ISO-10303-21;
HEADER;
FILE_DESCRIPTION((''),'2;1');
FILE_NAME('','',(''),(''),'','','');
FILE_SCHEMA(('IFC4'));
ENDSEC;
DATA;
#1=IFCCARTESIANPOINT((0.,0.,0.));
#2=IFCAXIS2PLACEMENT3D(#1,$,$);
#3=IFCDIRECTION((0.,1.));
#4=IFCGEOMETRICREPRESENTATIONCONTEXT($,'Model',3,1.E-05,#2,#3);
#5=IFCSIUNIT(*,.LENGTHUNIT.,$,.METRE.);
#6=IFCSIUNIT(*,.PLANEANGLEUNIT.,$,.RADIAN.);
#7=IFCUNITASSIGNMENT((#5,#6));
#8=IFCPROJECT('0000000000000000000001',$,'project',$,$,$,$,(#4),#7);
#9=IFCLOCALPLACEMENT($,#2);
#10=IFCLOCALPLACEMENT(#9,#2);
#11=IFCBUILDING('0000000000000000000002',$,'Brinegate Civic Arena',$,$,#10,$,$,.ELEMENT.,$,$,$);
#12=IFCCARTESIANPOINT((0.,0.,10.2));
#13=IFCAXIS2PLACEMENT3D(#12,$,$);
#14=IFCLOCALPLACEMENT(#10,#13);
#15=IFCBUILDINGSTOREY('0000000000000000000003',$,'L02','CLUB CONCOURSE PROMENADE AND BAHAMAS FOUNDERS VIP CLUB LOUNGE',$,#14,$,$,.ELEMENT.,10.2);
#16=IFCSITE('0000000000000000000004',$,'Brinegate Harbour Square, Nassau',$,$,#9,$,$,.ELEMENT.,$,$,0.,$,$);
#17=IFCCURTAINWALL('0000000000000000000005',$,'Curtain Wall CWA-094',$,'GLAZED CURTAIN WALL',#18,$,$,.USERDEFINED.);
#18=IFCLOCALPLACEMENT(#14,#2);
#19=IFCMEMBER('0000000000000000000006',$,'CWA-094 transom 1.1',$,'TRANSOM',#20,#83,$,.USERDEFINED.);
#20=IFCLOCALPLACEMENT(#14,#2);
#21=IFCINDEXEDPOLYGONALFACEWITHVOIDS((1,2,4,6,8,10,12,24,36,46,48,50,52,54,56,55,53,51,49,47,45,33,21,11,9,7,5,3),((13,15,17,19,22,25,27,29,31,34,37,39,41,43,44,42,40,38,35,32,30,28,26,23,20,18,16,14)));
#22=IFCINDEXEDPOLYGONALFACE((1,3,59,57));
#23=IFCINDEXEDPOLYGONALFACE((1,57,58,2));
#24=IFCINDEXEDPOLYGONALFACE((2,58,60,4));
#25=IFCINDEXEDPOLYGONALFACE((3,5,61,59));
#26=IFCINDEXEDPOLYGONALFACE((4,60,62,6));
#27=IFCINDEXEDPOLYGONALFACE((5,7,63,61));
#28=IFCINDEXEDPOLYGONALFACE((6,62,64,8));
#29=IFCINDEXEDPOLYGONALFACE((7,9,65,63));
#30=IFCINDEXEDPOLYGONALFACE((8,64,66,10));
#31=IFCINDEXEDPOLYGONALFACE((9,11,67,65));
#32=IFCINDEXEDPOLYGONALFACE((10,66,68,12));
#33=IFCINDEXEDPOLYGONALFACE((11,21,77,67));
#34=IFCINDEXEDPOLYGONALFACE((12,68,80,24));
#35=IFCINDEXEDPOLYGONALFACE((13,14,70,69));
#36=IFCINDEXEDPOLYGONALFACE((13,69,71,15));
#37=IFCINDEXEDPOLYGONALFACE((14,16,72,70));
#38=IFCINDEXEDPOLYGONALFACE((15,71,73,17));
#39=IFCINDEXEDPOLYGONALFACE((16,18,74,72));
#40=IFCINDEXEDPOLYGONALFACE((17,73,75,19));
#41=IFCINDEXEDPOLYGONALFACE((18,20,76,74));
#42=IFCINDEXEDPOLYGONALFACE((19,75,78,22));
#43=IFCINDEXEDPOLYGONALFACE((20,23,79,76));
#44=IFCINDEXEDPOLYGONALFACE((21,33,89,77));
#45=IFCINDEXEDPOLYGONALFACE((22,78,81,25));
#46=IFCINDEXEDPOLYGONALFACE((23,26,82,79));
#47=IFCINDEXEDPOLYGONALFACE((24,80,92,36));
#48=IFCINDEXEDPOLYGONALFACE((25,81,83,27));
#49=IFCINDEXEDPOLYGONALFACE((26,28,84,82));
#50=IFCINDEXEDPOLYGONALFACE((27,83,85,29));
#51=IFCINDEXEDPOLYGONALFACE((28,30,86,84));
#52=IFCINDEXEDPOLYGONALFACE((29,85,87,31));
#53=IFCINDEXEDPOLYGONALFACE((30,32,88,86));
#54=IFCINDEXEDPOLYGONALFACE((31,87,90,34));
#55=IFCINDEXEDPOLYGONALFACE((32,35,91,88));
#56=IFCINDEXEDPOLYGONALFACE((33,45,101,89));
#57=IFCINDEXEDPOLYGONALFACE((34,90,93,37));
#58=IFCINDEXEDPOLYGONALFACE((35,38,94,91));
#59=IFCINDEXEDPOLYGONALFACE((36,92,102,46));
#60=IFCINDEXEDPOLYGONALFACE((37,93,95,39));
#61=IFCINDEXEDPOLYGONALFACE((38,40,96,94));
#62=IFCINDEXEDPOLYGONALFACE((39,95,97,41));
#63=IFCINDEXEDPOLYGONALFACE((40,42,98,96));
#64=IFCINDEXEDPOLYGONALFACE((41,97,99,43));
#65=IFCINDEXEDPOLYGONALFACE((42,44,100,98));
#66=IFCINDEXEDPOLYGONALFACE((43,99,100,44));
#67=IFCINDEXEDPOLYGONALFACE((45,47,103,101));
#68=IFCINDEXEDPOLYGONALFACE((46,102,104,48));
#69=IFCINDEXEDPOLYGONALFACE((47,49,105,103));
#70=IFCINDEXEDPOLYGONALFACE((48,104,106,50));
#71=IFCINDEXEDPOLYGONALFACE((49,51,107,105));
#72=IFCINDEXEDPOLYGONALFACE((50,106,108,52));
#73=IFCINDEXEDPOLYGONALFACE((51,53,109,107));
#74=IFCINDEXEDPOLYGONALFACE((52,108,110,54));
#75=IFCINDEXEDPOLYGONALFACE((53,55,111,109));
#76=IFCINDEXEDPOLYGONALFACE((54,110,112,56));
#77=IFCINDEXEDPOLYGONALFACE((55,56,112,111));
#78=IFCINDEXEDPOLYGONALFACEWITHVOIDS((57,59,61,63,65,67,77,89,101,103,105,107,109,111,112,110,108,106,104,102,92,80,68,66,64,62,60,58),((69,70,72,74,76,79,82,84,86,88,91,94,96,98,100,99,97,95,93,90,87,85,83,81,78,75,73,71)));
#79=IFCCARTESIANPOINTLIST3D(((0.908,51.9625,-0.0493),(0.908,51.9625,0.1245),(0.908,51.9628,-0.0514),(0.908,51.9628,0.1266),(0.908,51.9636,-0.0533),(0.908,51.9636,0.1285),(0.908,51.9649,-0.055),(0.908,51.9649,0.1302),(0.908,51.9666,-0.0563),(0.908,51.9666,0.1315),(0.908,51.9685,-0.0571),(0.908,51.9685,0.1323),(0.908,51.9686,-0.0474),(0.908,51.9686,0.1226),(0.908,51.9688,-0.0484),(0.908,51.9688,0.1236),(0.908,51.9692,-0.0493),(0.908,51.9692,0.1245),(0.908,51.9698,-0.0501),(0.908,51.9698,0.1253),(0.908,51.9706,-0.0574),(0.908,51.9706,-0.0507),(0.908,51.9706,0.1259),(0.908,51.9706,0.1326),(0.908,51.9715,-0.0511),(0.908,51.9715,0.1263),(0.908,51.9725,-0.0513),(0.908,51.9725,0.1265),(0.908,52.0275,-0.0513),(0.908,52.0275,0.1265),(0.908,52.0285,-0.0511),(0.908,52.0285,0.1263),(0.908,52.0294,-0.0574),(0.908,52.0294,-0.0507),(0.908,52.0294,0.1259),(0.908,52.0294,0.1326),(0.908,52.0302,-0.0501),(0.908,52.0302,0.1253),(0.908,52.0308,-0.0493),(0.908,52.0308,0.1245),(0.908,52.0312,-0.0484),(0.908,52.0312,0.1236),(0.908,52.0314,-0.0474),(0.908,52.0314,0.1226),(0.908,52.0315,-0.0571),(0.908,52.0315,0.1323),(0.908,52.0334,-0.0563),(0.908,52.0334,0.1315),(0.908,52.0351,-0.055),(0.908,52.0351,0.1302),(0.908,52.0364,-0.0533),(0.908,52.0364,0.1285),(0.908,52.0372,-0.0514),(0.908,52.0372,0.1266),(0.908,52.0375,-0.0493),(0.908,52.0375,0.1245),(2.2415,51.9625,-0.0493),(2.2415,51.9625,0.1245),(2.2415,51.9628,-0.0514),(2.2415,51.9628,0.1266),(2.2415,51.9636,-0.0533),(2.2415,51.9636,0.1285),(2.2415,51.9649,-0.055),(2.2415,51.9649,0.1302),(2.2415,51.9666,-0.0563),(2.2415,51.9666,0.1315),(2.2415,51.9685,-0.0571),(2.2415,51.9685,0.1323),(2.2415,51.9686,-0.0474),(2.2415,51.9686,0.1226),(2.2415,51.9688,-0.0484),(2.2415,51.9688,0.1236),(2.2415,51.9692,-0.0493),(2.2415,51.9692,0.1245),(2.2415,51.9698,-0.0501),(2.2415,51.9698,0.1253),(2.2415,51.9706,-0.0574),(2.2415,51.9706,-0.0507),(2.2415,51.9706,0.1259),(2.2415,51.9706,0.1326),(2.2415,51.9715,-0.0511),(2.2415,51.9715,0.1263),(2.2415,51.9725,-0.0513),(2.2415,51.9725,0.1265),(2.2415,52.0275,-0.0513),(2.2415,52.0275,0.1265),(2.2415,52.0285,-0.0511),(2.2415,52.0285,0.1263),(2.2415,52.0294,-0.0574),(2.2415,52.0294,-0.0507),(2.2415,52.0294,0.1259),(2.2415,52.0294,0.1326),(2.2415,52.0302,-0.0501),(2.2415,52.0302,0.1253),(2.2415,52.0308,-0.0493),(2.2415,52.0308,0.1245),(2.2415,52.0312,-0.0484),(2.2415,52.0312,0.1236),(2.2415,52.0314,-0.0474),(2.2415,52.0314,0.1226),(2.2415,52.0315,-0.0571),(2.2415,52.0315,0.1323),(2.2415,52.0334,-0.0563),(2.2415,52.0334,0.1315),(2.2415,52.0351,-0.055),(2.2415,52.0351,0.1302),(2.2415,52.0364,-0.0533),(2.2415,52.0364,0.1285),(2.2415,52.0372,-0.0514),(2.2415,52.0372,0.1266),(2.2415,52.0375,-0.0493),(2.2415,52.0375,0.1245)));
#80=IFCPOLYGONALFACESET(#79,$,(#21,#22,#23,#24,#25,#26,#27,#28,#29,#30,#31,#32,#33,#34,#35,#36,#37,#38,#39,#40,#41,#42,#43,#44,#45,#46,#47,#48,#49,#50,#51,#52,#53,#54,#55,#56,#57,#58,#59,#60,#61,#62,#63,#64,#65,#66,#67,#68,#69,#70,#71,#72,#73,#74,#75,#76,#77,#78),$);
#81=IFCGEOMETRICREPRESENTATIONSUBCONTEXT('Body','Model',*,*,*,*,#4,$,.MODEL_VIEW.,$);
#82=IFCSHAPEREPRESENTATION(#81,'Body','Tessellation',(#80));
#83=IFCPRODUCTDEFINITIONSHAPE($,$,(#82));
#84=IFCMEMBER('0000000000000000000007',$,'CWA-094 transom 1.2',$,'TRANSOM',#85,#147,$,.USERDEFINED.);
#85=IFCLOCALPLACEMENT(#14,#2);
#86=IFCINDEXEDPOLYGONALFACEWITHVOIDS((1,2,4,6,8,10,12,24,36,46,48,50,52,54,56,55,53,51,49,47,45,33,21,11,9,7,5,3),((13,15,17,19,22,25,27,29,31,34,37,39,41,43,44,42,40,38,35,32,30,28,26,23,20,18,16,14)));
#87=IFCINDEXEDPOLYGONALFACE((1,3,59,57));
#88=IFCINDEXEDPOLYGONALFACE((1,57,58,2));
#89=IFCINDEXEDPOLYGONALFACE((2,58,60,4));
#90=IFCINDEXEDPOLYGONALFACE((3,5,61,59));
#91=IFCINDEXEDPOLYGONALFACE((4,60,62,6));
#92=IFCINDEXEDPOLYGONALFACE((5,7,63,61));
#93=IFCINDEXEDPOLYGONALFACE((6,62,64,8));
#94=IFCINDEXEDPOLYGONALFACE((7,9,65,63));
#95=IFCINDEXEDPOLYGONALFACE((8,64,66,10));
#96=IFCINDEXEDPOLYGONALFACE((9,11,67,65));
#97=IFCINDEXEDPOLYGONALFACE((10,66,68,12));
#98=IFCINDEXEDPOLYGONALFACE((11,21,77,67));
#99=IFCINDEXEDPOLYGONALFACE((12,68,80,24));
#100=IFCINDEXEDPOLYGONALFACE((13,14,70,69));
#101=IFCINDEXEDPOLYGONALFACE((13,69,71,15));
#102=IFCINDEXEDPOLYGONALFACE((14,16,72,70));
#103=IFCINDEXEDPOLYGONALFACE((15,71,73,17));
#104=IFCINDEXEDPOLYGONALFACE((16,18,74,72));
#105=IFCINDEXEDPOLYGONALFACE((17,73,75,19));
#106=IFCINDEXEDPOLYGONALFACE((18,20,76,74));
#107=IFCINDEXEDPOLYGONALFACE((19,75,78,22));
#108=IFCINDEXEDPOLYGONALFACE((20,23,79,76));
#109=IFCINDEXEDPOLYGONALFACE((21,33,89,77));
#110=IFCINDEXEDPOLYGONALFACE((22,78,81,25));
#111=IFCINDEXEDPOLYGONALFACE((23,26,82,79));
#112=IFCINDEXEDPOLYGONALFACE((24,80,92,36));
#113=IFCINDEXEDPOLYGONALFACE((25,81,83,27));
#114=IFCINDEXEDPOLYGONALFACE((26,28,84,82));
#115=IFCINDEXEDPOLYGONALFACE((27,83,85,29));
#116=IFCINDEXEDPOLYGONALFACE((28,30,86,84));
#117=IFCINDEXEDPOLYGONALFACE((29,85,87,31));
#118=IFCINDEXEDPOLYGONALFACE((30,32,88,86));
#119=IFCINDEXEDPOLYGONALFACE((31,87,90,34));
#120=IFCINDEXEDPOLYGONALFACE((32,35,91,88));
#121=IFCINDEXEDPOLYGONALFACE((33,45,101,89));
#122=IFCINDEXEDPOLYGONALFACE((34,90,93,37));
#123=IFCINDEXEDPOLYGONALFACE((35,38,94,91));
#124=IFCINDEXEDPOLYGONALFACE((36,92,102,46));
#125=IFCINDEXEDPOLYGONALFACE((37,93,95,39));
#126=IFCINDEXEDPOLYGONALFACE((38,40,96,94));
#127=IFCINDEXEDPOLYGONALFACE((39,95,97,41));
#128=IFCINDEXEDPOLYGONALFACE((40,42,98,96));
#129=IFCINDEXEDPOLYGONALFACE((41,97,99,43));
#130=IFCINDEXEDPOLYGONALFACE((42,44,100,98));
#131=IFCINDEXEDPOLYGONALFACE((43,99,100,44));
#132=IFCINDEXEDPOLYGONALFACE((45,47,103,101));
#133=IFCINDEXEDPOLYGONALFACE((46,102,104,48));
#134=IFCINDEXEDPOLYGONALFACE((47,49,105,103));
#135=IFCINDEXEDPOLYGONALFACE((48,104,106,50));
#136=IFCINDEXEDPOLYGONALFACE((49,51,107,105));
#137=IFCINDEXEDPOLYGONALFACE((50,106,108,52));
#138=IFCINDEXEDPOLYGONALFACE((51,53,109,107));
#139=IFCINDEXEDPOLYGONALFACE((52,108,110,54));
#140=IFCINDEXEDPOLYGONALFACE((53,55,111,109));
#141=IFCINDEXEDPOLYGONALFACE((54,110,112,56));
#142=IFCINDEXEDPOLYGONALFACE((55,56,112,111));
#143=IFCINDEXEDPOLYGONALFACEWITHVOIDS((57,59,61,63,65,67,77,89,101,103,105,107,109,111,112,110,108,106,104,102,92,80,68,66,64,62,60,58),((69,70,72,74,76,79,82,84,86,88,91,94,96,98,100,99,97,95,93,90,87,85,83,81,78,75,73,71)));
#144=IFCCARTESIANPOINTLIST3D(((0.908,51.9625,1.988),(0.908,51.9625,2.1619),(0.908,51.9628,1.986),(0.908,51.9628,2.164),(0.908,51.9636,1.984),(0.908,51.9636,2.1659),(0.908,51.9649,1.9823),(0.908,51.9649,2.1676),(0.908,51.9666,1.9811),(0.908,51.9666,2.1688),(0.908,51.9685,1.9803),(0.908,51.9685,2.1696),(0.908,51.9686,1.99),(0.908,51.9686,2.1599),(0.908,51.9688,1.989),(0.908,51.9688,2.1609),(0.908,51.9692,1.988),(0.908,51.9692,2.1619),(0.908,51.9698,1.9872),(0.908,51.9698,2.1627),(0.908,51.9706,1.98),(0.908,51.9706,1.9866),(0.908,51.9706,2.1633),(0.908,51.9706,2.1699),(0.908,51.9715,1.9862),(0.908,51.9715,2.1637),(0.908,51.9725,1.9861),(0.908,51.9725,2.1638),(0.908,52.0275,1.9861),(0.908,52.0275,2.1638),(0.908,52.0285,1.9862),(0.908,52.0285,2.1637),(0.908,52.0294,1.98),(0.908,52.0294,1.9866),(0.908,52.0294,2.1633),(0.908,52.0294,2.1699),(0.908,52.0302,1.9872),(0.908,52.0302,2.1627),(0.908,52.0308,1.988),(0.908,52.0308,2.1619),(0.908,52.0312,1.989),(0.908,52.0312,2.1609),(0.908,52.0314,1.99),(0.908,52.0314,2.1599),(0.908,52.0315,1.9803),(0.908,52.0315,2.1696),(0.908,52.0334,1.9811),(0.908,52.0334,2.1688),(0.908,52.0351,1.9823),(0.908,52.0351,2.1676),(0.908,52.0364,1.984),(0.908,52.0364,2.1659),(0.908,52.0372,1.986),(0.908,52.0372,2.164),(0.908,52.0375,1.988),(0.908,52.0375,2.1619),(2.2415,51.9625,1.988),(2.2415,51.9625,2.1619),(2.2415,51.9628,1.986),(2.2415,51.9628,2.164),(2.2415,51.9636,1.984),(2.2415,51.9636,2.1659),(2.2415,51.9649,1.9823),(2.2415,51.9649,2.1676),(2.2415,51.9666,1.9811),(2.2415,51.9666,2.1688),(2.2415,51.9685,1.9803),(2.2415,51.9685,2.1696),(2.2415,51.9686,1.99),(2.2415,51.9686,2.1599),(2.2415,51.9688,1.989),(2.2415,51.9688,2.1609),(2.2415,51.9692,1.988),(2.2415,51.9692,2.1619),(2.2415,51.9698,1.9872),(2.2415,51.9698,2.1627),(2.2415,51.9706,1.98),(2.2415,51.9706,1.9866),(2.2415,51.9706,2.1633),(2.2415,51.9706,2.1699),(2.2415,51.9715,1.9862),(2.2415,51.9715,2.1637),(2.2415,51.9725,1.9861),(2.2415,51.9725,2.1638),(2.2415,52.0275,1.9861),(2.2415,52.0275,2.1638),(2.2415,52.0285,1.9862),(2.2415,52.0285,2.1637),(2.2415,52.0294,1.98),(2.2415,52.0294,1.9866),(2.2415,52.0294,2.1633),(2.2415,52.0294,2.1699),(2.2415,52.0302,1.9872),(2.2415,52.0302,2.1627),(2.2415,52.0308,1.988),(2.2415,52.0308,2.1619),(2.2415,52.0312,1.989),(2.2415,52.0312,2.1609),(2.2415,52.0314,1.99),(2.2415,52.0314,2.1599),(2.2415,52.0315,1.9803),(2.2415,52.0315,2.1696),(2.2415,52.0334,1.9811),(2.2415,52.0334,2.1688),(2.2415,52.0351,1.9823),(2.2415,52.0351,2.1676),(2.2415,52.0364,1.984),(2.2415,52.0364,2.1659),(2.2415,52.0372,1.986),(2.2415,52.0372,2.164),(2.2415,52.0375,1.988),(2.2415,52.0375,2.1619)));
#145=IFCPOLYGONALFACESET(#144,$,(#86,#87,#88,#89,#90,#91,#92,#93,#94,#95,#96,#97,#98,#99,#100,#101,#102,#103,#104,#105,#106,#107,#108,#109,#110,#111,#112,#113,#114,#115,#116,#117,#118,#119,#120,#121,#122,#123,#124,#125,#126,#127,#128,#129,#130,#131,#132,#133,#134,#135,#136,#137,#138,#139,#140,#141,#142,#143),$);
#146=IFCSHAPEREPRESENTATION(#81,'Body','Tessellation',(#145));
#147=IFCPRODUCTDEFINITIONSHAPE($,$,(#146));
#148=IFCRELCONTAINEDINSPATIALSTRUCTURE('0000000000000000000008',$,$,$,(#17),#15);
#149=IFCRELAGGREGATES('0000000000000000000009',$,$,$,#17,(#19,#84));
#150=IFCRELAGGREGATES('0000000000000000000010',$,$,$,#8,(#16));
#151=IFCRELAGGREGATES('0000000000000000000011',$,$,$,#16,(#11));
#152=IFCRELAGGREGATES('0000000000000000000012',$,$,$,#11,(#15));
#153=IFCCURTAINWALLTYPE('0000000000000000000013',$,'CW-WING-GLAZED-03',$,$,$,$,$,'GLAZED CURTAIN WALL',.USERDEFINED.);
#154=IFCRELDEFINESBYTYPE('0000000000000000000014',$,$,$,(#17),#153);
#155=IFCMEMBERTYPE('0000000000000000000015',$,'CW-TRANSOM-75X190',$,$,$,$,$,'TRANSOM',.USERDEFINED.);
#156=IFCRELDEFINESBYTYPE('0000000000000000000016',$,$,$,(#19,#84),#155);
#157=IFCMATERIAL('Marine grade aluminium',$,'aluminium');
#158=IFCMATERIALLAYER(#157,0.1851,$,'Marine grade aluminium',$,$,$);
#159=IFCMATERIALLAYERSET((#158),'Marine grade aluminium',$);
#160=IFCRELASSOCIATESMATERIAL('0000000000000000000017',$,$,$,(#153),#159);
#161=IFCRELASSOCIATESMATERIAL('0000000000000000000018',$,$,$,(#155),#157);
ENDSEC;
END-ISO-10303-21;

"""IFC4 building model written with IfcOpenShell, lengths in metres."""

from ifc_helpers import new_model, si_unit, direction, frame, origin, origin_2d, place, context, subcontext, project, spatial, hollow_rectangle, extrude, material, layer, layer_set, material_profile, profile_set, type_object, element, aggregate, save


model = new_model("IFC4")

# Units and contexts
model_context = context("Model", 3, precision=1e-05, world=origin(), true_north=direction((0.0, 1.0)))
body_context = subcontext(model_context, "Body", "Model", "MODEL_VIEW")
ifc_project = project(units=[si_unit("LENGTHUNIT", "METRE"), si_unit("PLANEANGLEUNIT", "RADIAN")], contexts=[model_context])

# Site, building, storey
site_placement = place(None, origin())
site = spatial("IfcSite", under=ifc_project, at=site_placement, Name="Brinegate Harbour Square, Nassau", CompositionType="ELEMENT", RefElevation=0.0)
building_placement = place(site_placement, origin())
building = spatial("IfcBuilding", under=site, at=building_placement, Name="Brinegate Civic Arena", CompositionType="ELEMENT")
storey_placement = place(building_placement, frame((0.0, 0.0, 10.2)))
storey = spatial("IfcBuildingStorey", under=building, at=storey_placement, Name="L02", Description="CLUB CONCOURSE PROMENADE AND BAHAMAS FOUNDERS VIP CLUB LOUNGE", CompositionType="ELEMENT", Elevation=10.2)

# Curtain wall
ifc_material_1 = material(Name="Marine grade aluminium", Category="aluminium")
ifc_layer_1 = layer(ifc_material_1, 0.1851, Name="Marine grade aluminium")
ifc_layer_set_1 = layer_set([ifc_layer_1], Name="Marine grade aluminium")
curtain_wall_type = type_object("IfcCurtainWallType", Name="CW-WING-GLAZED-03", ElementType="GLAZED CURTAIN WALL", PredefinedType="USERDEFINED", material=ifc_layer_set_1)
curtain_wall_1_placement = place(storey_placement, origin())
curtain_wall_1 = element("IfcCurtainWall", 1, at=curtain_wall_1_placement, inside=storey, type_object=curtain_wall_type, Name="Curtain Wall CWA-094", ObjectType="GLAZED CURTAIN WALL", PredefinedType="USERDEFINED")

# Members
ifc_material_profile_1 = material_profile(ifc_material_1, hollow_rectangle(XDim=0.075, YDim=0.1899, WallThickness=0.0061, InnerFilletRadius=0.0039, OuterFilletRadius=0.0081, at=origin_2d()), Name="TRN75X190")
ifc_profile_set_1 = profile_set([ifc_material_profile_1], Name="Marine grade aluminium")
member_type_1 = type_object("IfcMemberType", Name="CW-TRANSOM-75X190", ElementType="TRANSOM", PredefinedType="USERDEFINED", material=ifc_profile_set_1)
member_1_placement = place(storey_placement, frame((0.908, 52.0, 0.0376), z_axis=(1.0, 0.0, 0.0), x_axis=(0.0, 1.0, 0.0)))
member_1 = element("IfcMember", 2, at=member_1_placement, type_object=member_type_1, Name="CWA-094 transom 1.1", ObjectType="TRANSOM", PredefinedType="USERDEFINED", context=body_context, shape_type="SweptSolid", body=[
    extrude(hollow_rectangle(XDim=0.075, YDim=0.1899, WallThickness=0.0061, InnerFilletRadius=0.0039, OuterFilletRadius=0.0081, at=origin_2d()), origin(), (0.0, 0.0, 1.0), 1.3335),
])
member_2_placement = place(storey_placement, frame((0.908, 52.0, 2.075), z_axis=(1.0, 0.0, 0.0), x_axis=(0.0, 1.0, 0.0)))
member_2 = element("IfcMember", 3, at=member_2_placement, type_object=member_type_1, Name="CWA-094 transom 1.2", ObjectType="TRANSOM", PredefinedType="USERDEFINED", context=body_context, shape_type="SweptSolid", body=[
    extrude(hollow_rectangle(XDim=0.075, YDim=0.1899, WallThickness=0.0061, InnerFilletRadius=0.0039, OuterFilletRadius=0.0081, at=origin_2d()), origin(), (0.0, 0.0, 1.0), 1.3335),
])

aggregate(curtain_wall_1, [member_1, member_2])

save(model, "model.ifc")
